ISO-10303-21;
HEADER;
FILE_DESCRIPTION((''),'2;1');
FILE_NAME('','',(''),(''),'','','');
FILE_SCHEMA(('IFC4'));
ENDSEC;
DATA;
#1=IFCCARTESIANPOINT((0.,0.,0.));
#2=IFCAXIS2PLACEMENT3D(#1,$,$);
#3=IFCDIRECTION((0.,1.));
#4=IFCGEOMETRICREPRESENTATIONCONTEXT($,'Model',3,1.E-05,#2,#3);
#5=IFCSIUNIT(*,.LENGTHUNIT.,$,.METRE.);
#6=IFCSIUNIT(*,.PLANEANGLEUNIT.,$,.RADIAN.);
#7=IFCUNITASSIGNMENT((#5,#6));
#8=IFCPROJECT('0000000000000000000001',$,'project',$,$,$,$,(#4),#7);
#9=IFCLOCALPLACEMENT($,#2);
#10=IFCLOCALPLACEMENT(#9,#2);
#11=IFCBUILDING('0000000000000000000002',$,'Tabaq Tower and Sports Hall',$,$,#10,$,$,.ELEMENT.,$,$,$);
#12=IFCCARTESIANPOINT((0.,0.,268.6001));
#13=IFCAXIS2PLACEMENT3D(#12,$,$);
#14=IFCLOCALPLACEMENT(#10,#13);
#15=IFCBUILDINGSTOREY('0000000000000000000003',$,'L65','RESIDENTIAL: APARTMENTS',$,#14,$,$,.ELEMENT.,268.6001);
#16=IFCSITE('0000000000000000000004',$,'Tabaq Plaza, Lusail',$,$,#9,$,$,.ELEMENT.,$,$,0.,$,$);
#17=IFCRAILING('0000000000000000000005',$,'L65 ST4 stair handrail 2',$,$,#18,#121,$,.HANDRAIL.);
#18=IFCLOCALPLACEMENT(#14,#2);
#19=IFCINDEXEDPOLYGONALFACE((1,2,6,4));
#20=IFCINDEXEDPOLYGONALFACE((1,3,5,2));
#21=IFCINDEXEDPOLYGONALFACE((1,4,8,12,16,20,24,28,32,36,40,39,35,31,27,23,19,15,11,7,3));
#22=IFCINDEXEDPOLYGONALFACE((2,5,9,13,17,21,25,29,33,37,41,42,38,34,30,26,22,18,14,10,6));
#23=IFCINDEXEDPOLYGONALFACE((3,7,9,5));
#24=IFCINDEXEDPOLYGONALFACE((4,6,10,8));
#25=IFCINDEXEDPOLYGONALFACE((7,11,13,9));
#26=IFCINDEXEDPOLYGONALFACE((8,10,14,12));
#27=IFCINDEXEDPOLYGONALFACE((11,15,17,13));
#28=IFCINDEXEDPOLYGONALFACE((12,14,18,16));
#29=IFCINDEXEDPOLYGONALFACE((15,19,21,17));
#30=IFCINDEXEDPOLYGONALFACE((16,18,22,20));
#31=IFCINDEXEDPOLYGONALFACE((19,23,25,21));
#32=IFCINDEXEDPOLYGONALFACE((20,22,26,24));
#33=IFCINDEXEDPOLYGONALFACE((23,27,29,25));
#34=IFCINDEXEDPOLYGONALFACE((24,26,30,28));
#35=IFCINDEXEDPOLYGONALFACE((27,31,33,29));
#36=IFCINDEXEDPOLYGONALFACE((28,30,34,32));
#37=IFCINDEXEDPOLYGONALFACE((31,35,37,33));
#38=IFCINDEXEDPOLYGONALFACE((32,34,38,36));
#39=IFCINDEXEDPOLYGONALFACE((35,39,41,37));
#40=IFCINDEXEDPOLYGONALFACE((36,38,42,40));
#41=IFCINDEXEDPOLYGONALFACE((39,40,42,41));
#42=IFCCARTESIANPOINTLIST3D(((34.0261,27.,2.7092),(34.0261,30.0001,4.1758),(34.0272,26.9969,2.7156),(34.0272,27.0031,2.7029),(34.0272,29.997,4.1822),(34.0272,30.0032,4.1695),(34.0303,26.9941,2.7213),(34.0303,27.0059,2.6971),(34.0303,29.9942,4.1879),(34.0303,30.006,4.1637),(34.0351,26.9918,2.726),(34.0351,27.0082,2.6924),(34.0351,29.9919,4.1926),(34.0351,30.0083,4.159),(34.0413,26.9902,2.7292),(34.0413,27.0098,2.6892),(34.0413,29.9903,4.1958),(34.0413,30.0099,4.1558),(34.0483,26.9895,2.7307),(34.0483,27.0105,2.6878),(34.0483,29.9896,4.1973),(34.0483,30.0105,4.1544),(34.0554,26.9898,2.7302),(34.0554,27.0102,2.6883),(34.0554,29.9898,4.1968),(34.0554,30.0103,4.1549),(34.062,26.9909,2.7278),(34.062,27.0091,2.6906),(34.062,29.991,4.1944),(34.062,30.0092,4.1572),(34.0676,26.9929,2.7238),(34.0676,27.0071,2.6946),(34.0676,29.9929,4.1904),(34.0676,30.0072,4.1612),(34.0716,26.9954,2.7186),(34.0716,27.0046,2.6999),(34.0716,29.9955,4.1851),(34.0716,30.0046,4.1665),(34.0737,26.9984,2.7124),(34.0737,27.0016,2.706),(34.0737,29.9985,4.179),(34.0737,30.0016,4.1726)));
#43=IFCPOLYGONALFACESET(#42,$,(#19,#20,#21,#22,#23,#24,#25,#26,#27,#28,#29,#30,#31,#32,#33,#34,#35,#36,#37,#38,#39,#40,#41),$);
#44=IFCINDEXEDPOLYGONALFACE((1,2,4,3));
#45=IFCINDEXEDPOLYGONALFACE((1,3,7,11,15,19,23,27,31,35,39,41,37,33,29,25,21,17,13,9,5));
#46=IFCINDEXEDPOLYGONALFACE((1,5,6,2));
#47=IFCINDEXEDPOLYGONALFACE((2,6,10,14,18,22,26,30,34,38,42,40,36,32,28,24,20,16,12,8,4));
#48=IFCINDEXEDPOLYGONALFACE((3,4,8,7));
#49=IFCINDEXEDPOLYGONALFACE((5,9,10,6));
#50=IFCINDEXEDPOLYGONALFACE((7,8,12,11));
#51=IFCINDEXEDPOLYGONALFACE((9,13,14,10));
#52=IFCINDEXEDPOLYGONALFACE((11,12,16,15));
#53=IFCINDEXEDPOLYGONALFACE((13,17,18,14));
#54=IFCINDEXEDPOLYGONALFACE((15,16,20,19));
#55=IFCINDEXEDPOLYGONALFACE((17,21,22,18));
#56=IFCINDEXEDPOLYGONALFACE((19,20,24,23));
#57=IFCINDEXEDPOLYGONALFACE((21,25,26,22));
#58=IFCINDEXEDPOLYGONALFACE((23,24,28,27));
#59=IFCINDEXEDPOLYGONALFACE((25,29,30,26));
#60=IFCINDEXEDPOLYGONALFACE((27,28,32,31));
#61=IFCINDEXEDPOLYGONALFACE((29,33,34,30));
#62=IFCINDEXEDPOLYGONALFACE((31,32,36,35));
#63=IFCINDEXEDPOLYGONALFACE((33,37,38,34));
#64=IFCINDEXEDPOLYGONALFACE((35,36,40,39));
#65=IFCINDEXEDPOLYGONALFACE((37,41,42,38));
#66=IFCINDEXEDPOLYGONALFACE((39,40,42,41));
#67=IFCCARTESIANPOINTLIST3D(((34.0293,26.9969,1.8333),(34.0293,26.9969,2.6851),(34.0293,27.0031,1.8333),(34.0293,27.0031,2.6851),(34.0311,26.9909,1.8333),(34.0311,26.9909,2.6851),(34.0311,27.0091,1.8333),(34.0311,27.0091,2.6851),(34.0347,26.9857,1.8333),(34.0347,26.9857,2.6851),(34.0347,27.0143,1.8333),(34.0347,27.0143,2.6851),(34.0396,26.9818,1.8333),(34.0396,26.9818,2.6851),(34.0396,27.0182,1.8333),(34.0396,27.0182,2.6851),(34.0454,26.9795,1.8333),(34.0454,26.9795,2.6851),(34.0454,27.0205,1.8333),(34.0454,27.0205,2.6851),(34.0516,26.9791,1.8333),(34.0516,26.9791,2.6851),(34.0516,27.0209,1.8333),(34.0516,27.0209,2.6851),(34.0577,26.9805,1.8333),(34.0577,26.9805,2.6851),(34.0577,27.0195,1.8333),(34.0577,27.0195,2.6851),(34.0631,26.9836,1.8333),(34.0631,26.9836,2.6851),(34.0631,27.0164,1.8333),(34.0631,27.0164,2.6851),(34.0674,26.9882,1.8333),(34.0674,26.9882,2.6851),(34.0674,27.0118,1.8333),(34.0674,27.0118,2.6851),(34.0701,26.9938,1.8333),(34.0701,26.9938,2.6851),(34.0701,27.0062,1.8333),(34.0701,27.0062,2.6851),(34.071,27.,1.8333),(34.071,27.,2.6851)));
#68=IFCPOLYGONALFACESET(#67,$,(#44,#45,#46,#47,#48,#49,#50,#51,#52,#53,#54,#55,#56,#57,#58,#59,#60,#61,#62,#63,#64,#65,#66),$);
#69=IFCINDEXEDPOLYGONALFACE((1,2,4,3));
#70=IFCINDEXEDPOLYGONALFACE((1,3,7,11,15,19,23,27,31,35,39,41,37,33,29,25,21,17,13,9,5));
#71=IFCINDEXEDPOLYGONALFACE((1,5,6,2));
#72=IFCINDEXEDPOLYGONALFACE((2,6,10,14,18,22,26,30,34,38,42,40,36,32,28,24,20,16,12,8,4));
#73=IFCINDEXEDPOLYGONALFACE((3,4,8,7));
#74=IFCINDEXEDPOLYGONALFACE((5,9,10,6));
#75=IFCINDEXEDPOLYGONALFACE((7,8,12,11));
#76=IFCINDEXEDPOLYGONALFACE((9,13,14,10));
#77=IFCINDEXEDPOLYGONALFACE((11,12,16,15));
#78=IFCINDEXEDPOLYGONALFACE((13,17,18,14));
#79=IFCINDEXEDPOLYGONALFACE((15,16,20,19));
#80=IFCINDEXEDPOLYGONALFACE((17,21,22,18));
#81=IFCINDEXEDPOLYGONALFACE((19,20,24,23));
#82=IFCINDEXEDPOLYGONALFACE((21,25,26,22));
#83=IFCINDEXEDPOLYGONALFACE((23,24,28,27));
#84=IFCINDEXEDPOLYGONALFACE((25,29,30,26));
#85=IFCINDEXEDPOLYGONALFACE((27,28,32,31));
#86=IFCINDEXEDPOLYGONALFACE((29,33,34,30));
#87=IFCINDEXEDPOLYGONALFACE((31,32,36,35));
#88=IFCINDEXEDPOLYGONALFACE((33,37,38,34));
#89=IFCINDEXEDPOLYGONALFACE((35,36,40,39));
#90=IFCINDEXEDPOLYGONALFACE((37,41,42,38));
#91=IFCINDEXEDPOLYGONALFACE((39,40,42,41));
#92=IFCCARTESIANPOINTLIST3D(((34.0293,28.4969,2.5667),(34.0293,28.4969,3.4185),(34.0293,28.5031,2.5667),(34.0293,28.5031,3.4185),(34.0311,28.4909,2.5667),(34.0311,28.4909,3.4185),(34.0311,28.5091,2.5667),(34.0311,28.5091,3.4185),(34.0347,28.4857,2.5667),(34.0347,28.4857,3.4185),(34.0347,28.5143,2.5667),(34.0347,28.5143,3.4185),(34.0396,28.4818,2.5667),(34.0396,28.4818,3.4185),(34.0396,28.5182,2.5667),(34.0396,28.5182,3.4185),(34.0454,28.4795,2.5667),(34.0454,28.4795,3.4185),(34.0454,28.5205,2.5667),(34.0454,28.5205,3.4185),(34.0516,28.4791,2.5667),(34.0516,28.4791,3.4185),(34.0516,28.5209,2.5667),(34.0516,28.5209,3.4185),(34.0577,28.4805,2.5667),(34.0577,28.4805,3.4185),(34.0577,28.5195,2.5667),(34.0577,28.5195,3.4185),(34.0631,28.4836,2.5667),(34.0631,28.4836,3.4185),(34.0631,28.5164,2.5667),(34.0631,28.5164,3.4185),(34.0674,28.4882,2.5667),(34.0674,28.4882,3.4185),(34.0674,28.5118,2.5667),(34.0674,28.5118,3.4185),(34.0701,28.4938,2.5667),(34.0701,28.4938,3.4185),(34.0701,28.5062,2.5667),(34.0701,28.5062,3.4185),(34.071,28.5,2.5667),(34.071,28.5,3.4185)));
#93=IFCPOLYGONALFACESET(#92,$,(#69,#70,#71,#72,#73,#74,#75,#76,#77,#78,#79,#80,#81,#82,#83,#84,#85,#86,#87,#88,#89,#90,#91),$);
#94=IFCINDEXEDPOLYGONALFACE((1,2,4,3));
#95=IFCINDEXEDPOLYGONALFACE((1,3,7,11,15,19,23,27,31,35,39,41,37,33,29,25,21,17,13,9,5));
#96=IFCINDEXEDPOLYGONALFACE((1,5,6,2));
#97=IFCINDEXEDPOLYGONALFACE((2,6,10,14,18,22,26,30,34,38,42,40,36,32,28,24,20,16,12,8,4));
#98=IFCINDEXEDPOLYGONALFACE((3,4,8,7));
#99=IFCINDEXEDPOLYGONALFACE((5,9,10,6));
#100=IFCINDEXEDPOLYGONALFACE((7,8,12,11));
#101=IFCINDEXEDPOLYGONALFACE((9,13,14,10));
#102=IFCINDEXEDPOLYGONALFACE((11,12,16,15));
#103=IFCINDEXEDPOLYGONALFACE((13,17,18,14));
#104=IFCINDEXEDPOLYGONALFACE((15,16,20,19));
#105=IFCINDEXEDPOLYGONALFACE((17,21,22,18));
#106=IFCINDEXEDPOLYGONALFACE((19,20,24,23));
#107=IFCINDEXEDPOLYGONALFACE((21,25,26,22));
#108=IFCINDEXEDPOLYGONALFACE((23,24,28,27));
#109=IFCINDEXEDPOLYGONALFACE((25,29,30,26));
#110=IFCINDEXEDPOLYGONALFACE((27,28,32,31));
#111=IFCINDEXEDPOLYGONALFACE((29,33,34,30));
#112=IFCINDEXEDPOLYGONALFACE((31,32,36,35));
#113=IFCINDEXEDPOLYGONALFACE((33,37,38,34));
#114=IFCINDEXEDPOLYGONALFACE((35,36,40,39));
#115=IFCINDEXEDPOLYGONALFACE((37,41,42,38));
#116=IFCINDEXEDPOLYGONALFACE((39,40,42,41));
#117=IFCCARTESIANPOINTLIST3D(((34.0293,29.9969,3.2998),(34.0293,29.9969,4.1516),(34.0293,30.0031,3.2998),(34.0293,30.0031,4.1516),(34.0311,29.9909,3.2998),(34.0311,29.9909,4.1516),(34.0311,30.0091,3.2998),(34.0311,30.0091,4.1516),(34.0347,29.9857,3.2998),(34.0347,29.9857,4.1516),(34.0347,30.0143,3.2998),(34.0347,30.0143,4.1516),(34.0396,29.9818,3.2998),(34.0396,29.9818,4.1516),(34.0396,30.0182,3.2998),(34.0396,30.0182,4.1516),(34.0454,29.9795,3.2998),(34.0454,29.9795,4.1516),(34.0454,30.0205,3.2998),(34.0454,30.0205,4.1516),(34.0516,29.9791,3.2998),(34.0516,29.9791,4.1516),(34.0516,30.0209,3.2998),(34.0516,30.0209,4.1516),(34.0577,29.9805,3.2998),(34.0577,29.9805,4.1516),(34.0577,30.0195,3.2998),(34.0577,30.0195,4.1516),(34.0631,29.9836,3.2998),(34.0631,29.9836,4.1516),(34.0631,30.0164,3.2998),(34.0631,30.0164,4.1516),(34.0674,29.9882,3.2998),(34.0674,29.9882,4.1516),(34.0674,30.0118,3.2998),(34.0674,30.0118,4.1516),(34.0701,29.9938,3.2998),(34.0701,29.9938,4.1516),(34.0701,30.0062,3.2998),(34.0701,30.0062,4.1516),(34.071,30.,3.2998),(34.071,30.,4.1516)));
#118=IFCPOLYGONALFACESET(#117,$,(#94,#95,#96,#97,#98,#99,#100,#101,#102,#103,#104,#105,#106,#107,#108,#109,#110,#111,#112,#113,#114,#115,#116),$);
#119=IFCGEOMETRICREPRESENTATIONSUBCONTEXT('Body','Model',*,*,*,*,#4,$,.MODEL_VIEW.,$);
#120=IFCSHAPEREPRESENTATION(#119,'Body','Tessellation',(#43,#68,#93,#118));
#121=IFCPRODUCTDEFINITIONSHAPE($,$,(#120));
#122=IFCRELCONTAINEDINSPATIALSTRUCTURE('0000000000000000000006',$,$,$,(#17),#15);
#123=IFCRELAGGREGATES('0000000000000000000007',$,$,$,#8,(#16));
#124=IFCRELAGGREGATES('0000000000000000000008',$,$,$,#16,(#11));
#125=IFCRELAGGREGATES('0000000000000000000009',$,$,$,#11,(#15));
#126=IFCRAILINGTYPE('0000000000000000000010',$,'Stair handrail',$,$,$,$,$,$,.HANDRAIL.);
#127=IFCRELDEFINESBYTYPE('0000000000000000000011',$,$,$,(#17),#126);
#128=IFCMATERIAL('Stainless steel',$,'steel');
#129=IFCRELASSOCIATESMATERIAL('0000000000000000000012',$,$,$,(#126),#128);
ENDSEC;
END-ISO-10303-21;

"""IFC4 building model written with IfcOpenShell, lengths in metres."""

from ifc_helpers import new_model, si_unit, direction, frame, origin, origin_2d, place, context, subcontext, project, spatial, circle, extrude, material, type_object, element, save


model = new_model("IFC4")

# Units and contexts
model_context = context("Model", 3, precision=1e-05, world=origin(), true_north=direction((0.0, 1.0)))
body_context = subcontext(model_context, "Body", "Model", "MODEL_VIEW")
ifc_project = project(units=[si_unit("LENGTHUNIT", "METRE"), si_unit("PLANEANGLEUNIT", "RADIAN")], contexts=[model_context])

# Site, building, storey
site_placement = place(None, origin())
site = spatial("IfcSite", under=ifc_project, at=site_placement, Name="Tabaq Plaza, Lusail", CompositionType="ELEMENT", RefElevation=0.0)
building_placement = place(site_placement, origin())
building = spatial("IfcBuilding", under=site, at=building_placement, Name="Tabaq Tower and Sports Hall", CompositionType="ELEMENT")
storey_placement = place(building_placement, frame((0.0, 0.0, 268.6001)))
storey = spatial("IfcBuildingStorey", under=building, at=storey_placement, Name="L65", Description="RESIDENTIAL: APARTMENTS", CompositionType="ELEMENT", Elevation=268.6001)

# Railing
ifc_material_1 = material(Name="Stainless steel", Category="steel")
railing_type_1 = type_object("IfcRailingType", Name="Stair handrail", PredefinedType="HANDRAIL", material=ifc_material_1)
railing_1_placement = place(storey_placement, frame((34.05, 27.0, 1.8333)))
element("IfcRailing", 1, at=railing_1_placement, inside=storey, type_object=railing_type_1, Name="L65 ST4 stair handrail 2", PredefinedType="HANDRAIL", context=body_context, shape_type="SweptSolid", body=[
    extrude(circle(Radius=0.0239, at=origin_2d()), frame((0.0, 0.0, 0.876), z_axis=(0.0, 0.898398, 0.439183), x_axis=(-1.0, 0.0, 0.0)), (0.0, 0.0, 1.0), 3.3394),
    extrude(circle(Radius=0.021, at=origin_2d()), origin(), (0.0, 0.0, 1.0), 0.8518),
    extrude(circle(Radius=0.021, at=origin_2d()), frame((0.0, 1.5, 0.7334)), (0.0, 0.0, 1.0), 0.8518),
    extrude(circle(Radius=0.021, at=origin_2d()), frame((0.0, 3.0, 1.4666)), (0.0, 0.0, 1.0), 0.8518),
])

save(model, "model.ifc")
